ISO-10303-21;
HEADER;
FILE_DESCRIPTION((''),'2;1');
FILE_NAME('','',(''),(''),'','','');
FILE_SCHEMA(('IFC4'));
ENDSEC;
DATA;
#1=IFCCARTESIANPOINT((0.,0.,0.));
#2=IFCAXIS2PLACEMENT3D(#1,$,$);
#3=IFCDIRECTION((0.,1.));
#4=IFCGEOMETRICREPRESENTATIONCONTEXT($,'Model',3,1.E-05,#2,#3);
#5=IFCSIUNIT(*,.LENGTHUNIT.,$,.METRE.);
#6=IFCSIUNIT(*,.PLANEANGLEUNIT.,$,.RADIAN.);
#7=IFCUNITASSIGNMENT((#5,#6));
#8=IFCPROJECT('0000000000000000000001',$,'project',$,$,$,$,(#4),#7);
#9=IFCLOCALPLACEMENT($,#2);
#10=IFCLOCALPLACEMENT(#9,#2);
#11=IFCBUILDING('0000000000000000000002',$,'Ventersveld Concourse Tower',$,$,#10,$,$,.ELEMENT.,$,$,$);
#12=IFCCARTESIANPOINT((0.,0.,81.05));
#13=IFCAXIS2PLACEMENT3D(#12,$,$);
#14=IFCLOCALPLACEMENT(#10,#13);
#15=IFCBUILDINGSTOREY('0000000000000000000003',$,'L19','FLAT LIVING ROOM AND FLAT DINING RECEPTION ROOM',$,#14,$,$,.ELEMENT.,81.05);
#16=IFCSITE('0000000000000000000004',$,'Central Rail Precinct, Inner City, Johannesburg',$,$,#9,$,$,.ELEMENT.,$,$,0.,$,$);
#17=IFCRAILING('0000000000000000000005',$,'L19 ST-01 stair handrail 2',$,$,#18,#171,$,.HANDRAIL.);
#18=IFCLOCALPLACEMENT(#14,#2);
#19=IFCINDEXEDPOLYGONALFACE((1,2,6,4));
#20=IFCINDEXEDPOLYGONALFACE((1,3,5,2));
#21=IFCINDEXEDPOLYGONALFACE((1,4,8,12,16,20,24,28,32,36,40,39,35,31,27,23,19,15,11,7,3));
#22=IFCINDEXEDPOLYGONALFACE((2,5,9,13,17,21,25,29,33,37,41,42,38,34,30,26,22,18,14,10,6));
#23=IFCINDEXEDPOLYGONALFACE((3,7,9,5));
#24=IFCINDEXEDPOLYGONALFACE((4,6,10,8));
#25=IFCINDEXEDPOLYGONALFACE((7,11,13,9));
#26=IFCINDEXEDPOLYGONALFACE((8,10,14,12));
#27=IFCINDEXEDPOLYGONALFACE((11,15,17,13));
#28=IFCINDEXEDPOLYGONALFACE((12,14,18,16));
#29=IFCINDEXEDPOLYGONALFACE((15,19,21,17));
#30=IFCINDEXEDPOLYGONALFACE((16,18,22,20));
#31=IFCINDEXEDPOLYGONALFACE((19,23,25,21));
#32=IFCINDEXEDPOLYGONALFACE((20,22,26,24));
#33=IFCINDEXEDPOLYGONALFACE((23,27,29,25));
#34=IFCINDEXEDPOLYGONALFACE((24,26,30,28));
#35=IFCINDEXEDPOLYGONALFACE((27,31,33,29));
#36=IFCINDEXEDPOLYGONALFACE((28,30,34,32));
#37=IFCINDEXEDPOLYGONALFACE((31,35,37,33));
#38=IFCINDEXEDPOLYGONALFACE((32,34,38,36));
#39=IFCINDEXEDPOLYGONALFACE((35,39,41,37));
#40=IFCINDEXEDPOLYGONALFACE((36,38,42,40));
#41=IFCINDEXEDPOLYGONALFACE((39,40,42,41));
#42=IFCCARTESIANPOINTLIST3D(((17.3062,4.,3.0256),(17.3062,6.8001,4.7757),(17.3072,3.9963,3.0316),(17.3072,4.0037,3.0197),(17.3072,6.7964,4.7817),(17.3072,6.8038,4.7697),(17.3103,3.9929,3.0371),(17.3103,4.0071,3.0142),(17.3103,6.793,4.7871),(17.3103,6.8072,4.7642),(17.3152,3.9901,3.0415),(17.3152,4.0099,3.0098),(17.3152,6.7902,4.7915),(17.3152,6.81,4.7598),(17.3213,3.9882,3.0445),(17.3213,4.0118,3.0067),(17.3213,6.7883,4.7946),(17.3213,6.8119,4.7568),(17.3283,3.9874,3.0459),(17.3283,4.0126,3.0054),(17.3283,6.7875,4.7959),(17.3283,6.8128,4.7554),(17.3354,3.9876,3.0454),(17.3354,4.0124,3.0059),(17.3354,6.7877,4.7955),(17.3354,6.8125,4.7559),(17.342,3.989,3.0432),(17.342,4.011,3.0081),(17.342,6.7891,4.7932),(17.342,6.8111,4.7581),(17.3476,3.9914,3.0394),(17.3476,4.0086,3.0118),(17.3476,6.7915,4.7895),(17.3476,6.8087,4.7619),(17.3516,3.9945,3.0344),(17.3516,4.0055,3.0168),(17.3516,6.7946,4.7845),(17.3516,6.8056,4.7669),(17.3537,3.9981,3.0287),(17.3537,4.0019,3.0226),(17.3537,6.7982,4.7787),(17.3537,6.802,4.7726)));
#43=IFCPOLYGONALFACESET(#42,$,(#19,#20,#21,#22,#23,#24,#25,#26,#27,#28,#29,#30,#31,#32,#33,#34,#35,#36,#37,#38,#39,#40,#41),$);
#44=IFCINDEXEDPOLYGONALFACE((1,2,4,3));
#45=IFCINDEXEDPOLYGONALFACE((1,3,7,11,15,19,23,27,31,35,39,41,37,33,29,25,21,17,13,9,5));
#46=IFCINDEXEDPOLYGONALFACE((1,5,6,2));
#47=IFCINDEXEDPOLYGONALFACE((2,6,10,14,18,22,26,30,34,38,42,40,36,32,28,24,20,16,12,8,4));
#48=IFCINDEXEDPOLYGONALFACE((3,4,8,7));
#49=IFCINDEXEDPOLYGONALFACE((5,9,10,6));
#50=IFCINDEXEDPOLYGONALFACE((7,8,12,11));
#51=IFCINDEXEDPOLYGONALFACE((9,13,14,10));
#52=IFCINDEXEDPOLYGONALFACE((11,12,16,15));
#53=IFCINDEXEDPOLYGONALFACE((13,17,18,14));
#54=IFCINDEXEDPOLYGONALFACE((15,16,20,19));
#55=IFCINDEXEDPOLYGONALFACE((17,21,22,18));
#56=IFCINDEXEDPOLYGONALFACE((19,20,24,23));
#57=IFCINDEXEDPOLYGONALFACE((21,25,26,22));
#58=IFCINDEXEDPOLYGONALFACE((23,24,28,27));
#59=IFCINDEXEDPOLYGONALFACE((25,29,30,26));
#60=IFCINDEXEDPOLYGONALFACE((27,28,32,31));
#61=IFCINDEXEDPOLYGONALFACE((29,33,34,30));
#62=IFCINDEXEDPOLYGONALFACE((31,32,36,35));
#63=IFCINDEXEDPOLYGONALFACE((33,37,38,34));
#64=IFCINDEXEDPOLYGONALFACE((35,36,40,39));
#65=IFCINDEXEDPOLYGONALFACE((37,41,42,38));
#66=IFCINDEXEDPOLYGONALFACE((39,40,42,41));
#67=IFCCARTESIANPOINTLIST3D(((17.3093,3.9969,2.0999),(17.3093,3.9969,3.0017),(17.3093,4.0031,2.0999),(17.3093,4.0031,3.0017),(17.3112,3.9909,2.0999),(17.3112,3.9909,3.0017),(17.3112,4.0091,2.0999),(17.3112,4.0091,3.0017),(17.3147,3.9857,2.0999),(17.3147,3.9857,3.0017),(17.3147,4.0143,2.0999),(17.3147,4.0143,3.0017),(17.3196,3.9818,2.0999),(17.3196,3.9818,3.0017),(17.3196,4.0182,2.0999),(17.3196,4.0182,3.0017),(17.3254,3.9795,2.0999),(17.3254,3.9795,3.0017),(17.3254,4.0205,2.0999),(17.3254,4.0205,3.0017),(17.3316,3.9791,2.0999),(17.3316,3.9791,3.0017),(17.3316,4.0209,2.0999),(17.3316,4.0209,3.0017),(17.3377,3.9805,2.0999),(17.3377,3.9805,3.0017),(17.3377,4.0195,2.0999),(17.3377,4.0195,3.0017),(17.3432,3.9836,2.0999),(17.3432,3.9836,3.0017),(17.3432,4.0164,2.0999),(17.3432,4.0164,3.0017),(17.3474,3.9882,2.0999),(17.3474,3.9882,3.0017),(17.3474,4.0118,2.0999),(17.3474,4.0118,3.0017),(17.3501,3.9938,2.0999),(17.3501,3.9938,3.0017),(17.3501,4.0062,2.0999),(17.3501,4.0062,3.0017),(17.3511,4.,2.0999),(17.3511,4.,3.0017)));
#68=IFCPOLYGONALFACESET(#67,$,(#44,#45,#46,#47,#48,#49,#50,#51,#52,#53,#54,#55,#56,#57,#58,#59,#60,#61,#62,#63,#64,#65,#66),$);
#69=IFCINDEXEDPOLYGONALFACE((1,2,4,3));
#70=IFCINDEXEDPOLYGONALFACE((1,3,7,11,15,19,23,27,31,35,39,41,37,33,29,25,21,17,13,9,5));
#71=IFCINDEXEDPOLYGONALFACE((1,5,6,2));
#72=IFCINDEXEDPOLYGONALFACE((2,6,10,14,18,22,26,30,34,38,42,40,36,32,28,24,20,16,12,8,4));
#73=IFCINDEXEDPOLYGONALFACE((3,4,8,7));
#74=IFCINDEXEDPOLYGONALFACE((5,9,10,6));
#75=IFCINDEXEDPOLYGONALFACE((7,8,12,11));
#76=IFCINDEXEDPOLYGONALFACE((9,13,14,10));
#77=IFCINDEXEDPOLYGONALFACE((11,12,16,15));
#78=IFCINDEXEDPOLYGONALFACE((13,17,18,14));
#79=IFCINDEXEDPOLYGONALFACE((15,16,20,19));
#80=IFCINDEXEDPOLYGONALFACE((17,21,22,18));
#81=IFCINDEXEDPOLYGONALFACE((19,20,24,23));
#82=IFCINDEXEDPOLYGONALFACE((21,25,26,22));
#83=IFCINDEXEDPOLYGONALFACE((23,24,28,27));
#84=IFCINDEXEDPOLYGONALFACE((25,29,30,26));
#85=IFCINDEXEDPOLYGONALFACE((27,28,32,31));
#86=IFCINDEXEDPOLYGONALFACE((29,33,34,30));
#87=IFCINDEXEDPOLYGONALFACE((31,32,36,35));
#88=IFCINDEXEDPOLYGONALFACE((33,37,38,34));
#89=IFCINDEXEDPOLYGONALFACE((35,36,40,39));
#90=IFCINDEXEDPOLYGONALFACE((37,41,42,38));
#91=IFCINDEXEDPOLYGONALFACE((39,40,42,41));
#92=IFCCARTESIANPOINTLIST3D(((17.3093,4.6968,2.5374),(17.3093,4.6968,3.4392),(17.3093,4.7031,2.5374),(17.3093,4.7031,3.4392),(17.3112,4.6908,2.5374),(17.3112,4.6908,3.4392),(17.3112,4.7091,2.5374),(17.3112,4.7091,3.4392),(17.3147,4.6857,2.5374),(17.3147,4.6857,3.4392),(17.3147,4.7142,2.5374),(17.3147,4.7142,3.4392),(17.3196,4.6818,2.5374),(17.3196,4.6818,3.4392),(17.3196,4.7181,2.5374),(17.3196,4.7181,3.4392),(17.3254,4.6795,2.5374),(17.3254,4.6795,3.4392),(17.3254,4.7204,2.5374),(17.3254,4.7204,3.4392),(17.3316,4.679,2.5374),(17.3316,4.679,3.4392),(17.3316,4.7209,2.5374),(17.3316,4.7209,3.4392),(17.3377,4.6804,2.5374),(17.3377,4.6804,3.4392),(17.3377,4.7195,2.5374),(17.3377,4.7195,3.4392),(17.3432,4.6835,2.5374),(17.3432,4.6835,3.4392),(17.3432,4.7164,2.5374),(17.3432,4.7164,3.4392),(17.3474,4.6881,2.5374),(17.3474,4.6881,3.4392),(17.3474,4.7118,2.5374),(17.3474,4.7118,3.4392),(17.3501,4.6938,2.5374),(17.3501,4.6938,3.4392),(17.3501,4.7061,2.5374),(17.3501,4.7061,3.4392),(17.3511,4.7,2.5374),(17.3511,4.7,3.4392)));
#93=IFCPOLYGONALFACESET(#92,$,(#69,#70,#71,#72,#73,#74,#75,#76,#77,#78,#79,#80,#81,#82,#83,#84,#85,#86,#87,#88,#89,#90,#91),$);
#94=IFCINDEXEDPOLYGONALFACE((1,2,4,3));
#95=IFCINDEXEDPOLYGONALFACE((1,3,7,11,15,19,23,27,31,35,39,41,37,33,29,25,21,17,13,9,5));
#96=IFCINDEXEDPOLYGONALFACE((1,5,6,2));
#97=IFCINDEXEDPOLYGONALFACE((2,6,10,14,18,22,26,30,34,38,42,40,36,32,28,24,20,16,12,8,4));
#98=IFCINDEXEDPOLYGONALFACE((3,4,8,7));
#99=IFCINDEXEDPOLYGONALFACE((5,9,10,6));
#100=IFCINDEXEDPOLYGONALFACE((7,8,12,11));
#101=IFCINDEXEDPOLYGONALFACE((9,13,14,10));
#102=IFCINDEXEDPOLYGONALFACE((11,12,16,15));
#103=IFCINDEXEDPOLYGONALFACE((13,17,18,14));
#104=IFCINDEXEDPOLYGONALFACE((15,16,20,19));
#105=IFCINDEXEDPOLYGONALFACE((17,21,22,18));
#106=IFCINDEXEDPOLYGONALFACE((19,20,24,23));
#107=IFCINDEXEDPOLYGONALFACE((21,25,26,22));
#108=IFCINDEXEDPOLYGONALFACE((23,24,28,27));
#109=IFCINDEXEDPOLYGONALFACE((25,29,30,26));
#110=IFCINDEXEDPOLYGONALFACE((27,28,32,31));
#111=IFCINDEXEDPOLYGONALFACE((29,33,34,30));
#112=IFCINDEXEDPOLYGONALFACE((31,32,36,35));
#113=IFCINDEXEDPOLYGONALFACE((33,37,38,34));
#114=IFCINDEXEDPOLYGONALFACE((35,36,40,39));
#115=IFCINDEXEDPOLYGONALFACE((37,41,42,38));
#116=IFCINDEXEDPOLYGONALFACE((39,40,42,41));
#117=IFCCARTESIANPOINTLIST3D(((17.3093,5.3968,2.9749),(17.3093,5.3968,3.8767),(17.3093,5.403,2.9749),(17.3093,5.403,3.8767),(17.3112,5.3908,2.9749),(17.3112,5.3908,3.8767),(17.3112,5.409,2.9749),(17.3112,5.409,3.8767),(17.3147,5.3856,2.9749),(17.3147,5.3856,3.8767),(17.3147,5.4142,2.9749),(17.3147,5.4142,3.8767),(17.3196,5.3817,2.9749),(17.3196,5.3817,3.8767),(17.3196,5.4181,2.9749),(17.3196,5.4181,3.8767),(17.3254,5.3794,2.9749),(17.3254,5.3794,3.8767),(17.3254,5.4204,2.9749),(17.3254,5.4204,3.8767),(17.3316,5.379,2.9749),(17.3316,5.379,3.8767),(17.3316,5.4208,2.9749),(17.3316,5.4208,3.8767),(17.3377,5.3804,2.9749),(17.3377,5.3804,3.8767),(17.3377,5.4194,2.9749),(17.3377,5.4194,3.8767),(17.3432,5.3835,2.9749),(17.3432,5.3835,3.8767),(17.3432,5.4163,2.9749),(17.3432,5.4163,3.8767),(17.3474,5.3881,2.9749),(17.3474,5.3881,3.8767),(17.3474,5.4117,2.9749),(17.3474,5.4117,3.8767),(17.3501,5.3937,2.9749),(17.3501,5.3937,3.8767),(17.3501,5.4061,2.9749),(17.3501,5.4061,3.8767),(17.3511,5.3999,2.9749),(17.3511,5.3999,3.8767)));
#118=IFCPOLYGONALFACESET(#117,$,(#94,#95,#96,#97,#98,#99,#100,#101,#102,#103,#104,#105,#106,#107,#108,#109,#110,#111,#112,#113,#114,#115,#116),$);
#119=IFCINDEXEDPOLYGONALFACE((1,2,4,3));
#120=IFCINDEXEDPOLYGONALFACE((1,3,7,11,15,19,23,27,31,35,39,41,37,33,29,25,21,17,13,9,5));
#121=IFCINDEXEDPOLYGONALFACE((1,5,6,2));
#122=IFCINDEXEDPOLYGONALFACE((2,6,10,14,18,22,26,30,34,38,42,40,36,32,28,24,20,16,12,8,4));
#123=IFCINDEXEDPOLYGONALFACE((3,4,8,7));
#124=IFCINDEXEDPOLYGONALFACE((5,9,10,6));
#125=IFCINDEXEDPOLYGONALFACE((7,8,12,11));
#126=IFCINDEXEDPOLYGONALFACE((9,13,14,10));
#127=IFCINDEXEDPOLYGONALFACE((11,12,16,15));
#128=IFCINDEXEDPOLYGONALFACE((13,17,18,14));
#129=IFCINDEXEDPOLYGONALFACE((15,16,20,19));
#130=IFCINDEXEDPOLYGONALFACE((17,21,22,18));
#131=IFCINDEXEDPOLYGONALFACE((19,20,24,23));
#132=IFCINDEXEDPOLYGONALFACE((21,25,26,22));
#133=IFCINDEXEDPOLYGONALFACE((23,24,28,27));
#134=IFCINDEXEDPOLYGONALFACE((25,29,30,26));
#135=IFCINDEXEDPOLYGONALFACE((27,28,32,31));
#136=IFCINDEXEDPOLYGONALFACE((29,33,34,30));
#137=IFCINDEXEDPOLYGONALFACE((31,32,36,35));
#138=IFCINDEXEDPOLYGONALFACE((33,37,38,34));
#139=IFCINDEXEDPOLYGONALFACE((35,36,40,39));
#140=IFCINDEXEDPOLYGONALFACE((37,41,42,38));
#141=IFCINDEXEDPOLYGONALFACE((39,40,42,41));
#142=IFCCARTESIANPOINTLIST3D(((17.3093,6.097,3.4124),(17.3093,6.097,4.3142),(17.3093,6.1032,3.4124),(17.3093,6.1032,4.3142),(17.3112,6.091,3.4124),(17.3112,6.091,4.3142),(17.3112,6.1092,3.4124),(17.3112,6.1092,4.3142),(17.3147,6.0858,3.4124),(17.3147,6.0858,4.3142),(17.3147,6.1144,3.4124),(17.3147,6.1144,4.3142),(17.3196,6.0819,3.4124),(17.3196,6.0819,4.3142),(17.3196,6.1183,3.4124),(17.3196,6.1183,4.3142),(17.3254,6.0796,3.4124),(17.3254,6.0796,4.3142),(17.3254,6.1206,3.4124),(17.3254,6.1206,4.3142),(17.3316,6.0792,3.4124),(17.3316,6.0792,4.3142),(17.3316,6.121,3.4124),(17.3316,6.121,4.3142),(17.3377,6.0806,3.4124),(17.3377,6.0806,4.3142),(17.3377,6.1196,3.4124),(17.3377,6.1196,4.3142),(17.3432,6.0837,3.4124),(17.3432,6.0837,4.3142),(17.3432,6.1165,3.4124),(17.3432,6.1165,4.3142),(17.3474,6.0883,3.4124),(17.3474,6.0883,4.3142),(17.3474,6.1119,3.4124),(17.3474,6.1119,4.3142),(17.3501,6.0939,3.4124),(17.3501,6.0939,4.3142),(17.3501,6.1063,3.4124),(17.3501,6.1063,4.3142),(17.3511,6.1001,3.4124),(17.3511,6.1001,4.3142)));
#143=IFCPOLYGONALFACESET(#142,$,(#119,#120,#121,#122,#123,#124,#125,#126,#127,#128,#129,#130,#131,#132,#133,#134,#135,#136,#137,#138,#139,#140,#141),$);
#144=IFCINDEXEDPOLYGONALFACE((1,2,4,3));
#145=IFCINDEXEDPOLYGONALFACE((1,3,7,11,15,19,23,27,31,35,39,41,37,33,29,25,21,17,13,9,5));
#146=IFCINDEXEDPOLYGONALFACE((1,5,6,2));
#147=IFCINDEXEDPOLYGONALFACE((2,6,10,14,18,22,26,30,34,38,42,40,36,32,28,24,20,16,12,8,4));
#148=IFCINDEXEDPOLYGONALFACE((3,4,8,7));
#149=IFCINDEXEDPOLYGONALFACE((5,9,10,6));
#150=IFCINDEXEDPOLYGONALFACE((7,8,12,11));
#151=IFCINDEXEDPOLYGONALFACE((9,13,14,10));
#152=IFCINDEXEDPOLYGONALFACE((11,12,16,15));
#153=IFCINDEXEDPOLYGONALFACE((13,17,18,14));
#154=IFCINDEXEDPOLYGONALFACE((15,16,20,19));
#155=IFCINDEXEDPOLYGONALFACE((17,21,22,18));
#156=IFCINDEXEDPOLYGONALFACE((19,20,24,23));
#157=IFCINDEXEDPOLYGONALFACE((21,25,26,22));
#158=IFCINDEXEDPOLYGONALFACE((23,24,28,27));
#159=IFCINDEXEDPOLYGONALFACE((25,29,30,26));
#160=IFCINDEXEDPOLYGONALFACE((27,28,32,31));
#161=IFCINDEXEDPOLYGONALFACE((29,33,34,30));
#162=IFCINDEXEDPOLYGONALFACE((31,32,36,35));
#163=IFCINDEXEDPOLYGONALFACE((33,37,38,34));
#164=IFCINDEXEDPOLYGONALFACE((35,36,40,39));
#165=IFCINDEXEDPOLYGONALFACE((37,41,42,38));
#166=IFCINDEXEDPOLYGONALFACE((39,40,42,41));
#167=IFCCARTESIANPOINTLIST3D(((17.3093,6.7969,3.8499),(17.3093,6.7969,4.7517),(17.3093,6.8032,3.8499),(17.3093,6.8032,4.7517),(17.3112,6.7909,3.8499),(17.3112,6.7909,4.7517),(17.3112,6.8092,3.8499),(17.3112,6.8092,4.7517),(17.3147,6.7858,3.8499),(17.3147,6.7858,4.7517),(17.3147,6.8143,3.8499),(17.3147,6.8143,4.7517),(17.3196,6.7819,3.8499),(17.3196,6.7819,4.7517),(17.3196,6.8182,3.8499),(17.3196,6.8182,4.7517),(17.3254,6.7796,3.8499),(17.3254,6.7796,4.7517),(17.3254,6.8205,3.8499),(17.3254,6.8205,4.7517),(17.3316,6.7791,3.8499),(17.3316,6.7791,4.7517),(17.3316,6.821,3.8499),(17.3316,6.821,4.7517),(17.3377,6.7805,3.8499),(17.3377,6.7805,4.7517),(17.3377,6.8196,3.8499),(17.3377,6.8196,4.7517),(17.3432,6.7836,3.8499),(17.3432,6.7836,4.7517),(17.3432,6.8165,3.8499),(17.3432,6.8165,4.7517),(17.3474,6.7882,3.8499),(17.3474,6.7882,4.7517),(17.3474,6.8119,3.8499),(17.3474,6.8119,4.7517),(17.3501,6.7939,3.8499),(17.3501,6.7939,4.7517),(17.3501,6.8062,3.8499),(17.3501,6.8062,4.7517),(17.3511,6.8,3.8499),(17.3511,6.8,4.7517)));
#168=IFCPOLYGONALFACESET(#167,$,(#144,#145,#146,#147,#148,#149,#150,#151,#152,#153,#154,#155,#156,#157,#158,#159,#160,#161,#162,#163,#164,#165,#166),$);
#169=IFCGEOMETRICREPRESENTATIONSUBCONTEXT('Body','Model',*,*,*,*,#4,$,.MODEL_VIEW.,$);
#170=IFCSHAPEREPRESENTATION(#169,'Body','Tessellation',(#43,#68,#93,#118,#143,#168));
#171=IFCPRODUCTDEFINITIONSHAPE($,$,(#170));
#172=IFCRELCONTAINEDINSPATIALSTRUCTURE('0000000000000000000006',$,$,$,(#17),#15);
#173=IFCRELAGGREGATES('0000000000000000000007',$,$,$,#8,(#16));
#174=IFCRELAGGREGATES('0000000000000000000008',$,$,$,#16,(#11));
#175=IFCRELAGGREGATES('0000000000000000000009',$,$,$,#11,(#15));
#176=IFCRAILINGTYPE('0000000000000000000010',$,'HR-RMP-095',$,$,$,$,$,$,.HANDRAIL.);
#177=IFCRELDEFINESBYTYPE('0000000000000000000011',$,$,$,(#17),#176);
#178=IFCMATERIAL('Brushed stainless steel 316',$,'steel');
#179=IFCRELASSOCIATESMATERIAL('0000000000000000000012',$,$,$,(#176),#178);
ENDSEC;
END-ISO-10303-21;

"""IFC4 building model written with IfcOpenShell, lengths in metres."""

from ifc_helpers import new_model, si_unit, direction, frame, origin, origin_2d, place, context, subcontext, project, spatial, circle, extrude, material, type_object, element, save


model = new_model("IFC4")

# Units and contexts
model_context = context("Model", 3, precision=1e-05, world=origin(), true_north=direction((0.0, 1.0)))
body_context = subcontext(model_context, "Body", "Model", "MODEL_VIEW")
ifc_project = project(units=[si_unit("LENGTHUNIT", "METRE"), si_unit("PLANEANGLEUNIT", "RADIAN")], contexts=[model_context])

# Site, building, storey
site_placement = place(None, origin())
site = spatial("IfcSite", under=ifc_project, at=site_placement, Name="Central Rail Precinct, Inner City, Johannesburg", CompositionType="ELEMENT", RefElevation=0.0)
building_placement = place(site_placement, origin())
building = spatial("IfcBuilding", under=site, at=building_placement, Name="Ventersveld Concourse Tower", CompositionType="ELEMENT")
storey_placement = place(building_placement, frame((0.0, 0.0, 81.05)))
storey = spatial("IfcBuildingStorey", under=building, at=storey_placement, Name="L19", Description="FLAT LIVING ROOM AND FLAT DINING RECEPTION ROOM", CompositionType="ELEMENT", Elevation=81.05)

# Shared definitions
ifc_material_1 = material(Name="Brushed stainless steel 316", Category="steel")

# Railing
railing_type_1 = type_object("IfcRailingType", Name="HR-RMP-095", PredefinedType="HANDRAIL", material=ifc_material_1)
railing_1_placement = place(storey_placement, frame((17.3301, 4.0, 2.0999)))
element("IfcRailing", 1, at=railing_1_placement, inside=storey, type_object=railing_type_1, Name="L19 ST-01 stair handrail 2", PredefinedType="HANDRAIL", context=body_context, shape_type="SweptSolid", body=[
    extrude(circle(Radius=0.0239, at=origin_2d()), frame((0.0, 0.0, 0.9258), z_axis=(0.0, 0.848002, 0.529992), x_axis=(-1.0, 0.0, 0.0)), (0.0, 0.0, 1.0), 3.302),
    extrude(circle(Radius=0.021, at=origin_2d()), origin(), (0.0, 0.0, 1.0), 0.9019),
    extrude(circle(Radius=0.021, at=origin_2d()), frame((0.0, 0.7, 0.4375)), (0.0, 0.0, 1.0), 0.9019),
    extrude(circle(Radius=0.021, at=origin_2d()), frame((0.0, 1.3999, 0.875)), (0.0, 0.0, 1.0), 0.9019),
    extrude(circle(Radius=0.021, at=origin_2d()), frame((0.0, 2.1001, 1.3125)), (0.0, 0.0, 1.0), 0.9019),
    extrude(circle(Radius=0.021, at=origin_2d()), frame((0.0, 2.8, 1.75)), (0.0, 0.0, 1.0), 0.9019),
])

save(model, "model.ifc")
